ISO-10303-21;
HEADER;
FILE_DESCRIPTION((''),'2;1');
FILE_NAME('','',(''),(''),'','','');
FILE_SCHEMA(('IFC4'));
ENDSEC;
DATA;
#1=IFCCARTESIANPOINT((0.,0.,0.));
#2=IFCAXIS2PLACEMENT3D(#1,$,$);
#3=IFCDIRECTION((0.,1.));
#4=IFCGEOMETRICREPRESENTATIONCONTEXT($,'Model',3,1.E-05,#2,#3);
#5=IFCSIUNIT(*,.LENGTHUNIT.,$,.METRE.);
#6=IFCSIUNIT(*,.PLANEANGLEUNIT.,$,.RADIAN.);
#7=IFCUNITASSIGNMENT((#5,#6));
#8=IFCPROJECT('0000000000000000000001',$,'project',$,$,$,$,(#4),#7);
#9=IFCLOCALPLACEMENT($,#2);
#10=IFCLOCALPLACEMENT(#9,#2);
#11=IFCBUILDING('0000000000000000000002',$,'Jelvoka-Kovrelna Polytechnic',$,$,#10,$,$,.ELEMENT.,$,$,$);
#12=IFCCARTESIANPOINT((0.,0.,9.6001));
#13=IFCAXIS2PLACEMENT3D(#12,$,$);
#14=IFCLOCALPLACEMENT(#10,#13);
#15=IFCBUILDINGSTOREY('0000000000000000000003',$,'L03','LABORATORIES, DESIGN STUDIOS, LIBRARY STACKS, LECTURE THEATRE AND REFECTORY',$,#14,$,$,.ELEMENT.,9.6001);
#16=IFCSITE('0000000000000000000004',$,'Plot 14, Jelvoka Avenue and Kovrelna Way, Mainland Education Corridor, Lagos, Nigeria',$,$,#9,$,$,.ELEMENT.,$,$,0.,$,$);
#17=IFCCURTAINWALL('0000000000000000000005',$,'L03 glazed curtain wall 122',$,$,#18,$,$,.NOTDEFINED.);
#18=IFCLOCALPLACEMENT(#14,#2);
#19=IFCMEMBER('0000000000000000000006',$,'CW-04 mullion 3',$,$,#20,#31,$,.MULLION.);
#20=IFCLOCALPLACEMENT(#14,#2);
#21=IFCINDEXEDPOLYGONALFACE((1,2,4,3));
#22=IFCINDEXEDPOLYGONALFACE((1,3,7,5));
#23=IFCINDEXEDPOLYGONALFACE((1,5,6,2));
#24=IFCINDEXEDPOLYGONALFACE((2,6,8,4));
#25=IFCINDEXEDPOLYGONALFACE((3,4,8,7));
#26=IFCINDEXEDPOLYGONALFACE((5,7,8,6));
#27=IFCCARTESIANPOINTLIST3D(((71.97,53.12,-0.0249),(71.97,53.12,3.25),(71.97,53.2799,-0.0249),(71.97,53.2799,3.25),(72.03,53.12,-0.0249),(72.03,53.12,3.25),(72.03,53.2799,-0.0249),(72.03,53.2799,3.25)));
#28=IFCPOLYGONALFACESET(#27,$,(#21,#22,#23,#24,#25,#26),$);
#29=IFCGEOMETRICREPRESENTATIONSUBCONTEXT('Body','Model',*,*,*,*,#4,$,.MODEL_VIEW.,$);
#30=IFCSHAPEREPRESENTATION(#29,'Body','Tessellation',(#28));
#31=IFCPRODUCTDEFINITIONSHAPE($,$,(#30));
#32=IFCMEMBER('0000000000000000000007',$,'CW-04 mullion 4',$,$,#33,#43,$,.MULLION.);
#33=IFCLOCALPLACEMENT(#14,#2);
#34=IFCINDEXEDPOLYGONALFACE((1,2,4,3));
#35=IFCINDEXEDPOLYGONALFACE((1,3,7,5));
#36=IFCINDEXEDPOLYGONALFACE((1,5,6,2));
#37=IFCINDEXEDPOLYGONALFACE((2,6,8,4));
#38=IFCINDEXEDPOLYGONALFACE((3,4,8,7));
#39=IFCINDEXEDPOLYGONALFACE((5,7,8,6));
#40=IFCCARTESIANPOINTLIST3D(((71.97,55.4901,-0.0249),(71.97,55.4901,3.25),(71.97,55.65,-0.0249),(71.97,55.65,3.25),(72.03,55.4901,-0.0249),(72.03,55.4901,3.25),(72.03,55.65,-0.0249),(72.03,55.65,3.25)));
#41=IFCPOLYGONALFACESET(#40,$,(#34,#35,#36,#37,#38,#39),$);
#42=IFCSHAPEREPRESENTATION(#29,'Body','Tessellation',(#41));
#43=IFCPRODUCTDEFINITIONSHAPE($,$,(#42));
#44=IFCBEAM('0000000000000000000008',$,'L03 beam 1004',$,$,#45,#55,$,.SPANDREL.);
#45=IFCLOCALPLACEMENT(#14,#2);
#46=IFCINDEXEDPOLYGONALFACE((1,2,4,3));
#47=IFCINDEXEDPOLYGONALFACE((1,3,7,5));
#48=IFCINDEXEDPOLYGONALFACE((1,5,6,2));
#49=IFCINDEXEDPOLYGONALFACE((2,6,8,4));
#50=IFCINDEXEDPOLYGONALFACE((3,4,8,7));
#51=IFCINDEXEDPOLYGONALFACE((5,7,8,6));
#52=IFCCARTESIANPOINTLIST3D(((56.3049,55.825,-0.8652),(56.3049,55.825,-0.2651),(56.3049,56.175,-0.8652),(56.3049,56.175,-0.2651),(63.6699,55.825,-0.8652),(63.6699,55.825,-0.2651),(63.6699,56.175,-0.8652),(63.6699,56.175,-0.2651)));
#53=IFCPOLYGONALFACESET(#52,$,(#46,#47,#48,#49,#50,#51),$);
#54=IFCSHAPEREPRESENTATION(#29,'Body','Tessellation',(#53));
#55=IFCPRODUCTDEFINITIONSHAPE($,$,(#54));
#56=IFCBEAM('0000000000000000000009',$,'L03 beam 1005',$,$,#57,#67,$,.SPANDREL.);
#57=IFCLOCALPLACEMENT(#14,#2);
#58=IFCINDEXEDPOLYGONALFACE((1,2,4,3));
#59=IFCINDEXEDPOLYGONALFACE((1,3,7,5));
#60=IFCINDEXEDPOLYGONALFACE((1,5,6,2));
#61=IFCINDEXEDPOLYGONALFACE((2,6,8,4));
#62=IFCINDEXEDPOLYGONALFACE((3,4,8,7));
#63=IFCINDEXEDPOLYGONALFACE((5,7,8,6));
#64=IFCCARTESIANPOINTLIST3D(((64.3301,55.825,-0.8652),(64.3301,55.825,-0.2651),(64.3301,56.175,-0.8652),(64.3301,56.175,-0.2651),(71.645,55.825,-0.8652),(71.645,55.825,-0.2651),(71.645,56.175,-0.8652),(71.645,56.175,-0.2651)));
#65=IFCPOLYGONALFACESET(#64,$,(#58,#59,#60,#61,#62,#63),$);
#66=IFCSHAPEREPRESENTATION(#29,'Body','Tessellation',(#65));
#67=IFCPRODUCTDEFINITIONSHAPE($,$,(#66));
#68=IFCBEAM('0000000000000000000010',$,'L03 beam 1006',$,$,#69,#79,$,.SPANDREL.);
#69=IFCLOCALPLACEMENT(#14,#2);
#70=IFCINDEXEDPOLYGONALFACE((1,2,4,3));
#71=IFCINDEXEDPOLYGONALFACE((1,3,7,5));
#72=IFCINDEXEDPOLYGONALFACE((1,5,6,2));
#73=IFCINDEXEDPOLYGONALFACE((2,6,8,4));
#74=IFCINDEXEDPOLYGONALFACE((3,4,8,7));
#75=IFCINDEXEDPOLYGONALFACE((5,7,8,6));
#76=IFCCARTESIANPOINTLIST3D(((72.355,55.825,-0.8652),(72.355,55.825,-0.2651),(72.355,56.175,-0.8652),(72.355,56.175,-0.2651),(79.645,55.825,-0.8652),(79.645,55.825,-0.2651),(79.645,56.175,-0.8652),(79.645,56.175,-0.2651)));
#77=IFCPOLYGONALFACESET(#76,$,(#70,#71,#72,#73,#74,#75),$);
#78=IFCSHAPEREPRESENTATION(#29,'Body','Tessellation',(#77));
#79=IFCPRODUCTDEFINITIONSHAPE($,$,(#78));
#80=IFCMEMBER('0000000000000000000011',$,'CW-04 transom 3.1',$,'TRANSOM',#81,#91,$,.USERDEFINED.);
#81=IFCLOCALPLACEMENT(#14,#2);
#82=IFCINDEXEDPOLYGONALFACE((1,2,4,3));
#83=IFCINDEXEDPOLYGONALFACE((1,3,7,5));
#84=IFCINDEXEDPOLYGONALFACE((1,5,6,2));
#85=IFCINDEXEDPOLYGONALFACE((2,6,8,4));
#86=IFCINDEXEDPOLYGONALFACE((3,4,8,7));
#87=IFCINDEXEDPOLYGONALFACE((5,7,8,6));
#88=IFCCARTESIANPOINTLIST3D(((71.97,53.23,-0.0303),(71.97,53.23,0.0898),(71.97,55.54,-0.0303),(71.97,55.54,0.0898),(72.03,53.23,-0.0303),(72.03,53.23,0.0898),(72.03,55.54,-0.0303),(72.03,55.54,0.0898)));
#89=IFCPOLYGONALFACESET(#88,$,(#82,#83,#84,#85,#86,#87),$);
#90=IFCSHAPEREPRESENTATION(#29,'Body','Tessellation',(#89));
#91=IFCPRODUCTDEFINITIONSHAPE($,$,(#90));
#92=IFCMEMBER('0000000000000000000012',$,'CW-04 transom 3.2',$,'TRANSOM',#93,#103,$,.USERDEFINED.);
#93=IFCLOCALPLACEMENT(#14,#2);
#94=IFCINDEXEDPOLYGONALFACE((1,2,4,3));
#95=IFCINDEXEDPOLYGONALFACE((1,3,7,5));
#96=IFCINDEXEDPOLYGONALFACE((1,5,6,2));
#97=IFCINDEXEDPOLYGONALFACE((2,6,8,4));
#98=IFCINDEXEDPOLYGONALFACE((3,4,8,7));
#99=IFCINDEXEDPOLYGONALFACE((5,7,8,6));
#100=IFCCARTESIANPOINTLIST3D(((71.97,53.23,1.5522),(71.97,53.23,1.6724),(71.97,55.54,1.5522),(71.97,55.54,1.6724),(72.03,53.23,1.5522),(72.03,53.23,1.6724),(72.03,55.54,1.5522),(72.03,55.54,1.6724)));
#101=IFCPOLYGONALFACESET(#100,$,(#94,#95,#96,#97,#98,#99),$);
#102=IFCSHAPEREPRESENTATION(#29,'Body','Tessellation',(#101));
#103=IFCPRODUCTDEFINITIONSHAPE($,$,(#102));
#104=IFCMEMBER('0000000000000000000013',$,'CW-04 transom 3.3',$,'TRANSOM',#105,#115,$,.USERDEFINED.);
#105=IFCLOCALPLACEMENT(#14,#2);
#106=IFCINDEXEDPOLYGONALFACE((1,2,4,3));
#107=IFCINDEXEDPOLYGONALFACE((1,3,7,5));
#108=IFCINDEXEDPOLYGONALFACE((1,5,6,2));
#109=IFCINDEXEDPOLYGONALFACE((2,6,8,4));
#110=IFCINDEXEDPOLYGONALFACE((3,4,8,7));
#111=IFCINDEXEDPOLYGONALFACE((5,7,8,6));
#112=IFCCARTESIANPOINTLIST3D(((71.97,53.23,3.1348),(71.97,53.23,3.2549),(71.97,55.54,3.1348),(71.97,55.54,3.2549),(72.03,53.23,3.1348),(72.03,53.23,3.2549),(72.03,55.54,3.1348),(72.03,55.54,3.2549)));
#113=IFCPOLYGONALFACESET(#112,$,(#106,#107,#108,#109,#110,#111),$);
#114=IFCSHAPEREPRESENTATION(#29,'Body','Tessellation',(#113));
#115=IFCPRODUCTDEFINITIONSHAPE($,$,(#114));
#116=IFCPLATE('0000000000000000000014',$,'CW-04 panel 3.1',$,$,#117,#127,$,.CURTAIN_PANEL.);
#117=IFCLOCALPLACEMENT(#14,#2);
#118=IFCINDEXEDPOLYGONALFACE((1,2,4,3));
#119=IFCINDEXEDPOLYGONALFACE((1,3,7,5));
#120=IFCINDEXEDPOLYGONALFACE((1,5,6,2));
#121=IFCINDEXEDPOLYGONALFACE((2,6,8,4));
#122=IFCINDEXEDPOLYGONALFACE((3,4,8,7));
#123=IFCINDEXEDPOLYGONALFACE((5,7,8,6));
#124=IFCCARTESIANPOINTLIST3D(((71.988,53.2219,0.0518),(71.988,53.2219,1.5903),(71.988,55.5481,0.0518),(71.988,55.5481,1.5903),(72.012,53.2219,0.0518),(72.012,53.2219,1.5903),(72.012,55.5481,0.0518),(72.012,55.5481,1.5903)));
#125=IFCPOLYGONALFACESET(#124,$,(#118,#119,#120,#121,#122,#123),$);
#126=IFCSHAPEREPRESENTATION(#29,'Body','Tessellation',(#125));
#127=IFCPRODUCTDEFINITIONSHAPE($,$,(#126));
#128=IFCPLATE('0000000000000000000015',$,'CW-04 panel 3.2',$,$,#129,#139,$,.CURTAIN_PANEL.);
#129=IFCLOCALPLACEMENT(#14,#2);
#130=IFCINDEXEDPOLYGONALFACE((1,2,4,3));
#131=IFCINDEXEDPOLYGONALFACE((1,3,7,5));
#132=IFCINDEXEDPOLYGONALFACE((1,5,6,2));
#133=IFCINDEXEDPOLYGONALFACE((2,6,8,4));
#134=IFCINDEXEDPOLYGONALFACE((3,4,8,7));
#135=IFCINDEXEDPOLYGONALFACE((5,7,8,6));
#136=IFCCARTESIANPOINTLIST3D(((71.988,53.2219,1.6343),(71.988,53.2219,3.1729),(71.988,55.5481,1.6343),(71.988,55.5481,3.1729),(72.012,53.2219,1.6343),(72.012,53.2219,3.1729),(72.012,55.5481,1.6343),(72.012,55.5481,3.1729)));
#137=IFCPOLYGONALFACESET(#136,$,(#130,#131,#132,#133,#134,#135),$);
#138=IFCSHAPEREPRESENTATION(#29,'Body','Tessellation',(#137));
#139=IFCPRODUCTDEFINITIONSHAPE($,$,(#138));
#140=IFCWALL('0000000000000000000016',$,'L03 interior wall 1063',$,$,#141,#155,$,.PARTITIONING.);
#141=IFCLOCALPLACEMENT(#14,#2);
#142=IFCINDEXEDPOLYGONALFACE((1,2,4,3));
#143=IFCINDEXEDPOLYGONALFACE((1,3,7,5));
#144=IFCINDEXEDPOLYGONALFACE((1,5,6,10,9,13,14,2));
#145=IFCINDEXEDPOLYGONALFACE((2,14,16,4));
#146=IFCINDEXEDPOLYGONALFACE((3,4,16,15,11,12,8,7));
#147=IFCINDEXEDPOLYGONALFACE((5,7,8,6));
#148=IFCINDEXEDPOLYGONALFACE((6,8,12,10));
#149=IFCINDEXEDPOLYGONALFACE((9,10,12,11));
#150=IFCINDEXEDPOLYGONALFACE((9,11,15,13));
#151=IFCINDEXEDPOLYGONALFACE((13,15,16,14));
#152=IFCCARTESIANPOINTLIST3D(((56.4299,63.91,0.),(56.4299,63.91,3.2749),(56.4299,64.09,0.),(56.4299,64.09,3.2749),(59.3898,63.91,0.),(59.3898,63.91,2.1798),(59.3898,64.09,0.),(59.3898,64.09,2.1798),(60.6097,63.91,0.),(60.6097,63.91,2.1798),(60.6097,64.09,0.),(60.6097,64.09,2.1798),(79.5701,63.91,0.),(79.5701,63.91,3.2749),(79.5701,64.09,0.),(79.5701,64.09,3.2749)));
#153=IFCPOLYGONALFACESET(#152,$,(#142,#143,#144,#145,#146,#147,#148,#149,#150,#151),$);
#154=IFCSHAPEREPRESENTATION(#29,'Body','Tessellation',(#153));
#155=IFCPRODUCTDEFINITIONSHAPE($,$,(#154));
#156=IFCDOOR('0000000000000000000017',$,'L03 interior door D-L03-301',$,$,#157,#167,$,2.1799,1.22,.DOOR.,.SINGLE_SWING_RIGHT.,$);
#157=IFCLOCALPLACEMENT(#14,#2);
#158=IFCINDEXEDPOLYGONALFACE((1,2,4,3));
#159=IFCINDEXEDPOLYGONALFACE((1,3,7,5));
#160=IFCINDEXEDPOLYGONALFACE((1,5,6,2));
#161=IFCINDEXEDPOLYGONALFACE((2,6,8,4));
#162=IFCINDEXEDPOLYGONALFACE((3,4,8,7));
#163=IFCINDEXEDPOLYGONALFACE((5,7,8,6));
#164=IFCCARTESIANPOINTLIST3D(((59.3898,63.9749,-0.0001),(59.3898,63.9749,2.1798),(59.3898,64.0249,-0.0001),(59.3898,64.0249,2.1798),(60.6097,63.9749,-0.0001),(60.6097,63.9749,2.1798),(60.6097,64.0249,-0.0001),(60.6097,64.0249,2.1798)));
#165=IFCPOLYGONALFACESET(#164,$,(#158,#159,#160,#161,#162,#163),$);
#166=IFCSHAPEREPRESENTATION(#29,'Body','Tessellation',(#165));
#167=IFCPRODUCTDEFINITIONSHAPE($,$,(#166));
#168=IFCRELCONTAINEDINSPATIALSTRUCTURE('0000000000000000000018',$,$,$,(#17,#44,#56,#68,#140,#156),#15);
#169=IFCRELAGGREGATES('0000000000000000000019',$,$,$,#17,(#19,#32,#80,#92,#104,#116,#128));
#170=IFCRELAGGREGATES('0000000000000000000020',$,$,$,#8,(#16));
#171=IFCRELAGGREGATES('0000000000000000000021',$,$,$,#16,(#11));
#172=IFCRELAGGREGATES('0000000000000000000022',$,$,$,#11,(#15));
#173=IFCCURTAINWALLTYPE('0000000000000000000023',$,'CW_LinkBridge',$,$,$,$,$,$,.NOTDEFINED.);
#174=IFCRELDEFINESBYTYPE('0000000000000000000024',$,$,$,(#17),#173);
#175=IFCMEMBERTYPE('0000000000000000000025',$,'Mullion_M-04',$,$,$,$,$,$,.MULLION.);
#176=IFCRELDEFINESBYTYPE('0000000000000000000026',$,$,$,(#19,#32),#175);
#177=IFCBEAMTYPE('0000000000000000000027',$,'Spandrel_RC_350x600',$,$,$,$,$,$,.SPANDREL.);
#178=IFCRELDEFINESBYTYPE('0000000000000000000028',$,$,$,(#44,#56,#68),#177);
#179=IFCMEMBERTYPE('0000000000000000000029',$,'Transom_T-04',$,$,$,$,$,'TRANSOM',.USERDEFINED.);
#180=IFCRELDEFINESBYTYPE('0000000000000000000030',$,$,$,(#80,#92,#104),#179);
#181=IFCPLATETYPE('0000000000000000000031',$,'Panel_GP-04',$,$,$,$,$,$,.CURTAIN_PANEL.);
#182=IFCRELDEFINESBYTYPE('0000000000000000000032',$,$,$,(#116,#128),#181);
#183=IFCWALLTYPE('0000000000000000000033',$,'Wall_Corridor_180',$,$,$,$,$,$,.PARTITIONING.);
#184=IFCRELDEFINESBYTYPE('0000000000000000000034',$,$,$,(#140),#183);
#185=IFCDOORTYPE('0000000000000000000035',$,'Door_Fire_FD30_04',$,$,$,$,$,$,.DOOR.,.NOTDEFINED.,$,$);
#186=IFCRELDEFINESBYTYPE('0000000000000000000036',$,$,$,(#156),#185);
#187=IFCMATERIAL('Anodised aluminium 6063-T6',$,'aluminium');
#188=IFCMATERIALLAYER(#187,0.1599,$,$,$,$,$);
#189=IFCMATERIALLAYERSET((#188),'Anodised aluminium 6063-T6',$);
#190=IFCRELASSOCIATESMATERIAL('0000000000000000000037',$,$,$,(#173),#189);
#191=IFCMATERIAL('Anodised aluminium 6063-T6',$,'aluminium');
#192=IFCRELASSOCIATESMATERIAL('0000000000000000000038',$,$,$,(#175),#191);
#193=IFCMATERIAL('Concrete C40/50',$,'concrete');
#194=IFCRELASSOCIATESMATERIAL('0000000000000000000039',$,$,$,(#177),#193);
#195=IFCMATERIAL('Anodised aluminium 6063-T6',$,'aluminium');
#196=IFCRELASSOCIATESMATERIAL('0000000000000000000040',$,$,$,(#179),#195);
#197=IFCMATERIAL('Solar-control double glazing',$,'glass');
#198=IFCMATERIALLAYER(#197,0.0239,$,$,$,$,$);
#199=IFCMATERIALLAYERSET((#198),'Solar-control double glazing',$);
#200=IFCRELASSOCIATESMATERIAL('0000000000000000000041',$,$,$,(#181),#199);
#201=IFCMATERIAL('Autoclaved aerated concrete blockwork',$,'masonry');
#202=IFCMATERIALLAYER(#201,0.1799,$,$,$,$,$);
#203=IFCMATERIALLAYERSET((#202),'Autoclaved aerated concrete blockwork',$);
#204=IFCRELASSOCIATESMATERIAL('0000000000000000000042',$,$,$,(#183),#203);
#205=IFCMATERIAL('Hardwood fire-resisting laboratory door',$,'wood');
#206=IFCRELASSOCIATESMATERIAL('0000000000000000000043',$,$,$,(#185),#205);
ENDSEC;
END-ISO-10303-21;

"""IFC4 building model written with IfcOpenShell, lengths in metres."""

from ifc_helpers import new_model, si_unit, direction, frame, frame_2d, origin, origin_2d, place, context, subcontext, project, spatial, rectangle, extrude, material, layer, layer_set, material_profile, profile_set, type_object, element, fill, aggregate, save


model = new_model("IFC4")

# Units and contexts
model_context = context("Model", 3, precision=1e-05, world=origin(), true_north=direction((0.0, 1.0)))
body_context = subcontext(model_context, "Body", "Model", "MODEL_VIEW")
ifc_project = project(units=[si_unit("LENGTHUNIT", "METRE"), si_unit("PLANEANGLEUNIT", "RADIAN")], contexts=[model_context])

# Site, building, storey
site_placement = place(None, origin())
site = spatial("IfcSite", under=ifc_project, at=site_placement, Name="Plot 14, Jelvoka Avenue and Kovrelna Way, Mainland Education Corridor, Lagos, Nigeria", CompositionType="ELEMENT", RefElevation=0.0)
building_placement = place(site_placement, origin())
building = spatial("IfcBuilding", under=site, at=building_placement, Name="Jelvoka-Kovrelna Polytechnic", CompositionType="ELEMENT")
storey_placement = place(building_placement, frame((0.0, 0.0, 9.6001)))
storey = spatial("IfcBuildingStorey", under=building, at=storey_placement, Name="L03", Description="LABORATORIES, DESIGN STUDIOS, LIBRARY STACKS, LECTURE THEATRE AND REFECTORY", CompositionType="ELEMENT", Elevation=9.6001)

# Curtain wall, members
ifc_material_1 = material(Name="Anodised aluminium 6063-T6", Category="aluminium")
ifc_layer_1 = layer(ifc_material_1, 0.1599)
ifc_layer_set_1 = layer_set([ifc_layer_1], Name="Anodised aluminium 6063-T6")
curtain_wall_type = type_object("IfcCurtainWallType", Name="CW_LinkBridge", PredefinedType="NOTDEFINED", material=ifc_layer_set_1)
curtain_wall_placement = place(storey_placement, origin())
curtain_wall = element("IfcCurtainWall", 1, at=curtain_wall_placement, inside=storey, type_object=curtain_wall_type, Name="L03 glazed curtain wall 122", PredefinedType="NOTDEFINED")
ifc_material_2 = material(Name="Anodised aluminium 6063-T6", Category="aluminium")
ifc_material_profile_1 = material_profile(ifc_material_2, rectangle(XDim=0.0601, YDim=0.1599, at=origin_2d()), Name="ALU 60x160")
ifc_profile_set_1 = profile_set([ifc_material_profile_1], Name="Anodised aluminium 6063-T6")
member_type_1 = type_object("IfcMemberType", Name="Mullion_M-04", PredefinedType="MULLION", material=ifc_profile_set_1)
member_1_placement = place(storey_placement, frame((72.0, 53.2, -0.0249), z_axis=(0.0, 0.0, 1.0), x_axis=(-1.0, 0.0, 0.0)))
member_1 = element("IfcMember", 2, at=member_1_placement, type_object=member_type_1, Name="CW-04 mullion 3", PredefinedType="MULLION", context=body_context, shape_type="SweptSolid", body=[
    extrude(rectangle(XDim=0.0601, YDim=0.1599, at=origin_2d()), origin(), (0.0, 0.0, 1.0), 3.2749),
])
member_2_placement = place(storey_placement, frame((72.0, 55.5701, -0.0249), z_axis=(0.0, 0.0, 1.0), x_axis=(-1.0, 0.0, 0.0)))
member_2 = element("IfcMember", 3, at=member_2_placement, type_object=member_type_1, Name="CW-04 mullion 4", PredefinedType="MULLION", context=body_context, shape_type="SweptSolid", body=[
    extrude(rectangle(XDim=0.0601, YDim=0.1599, at=origin_2d()), origin(), (0.0, 0.0, 1.0), 3.2749),
])

# Beams
ifc_material_3 = material(Name="Concrete C40/50", Category="concrete")
ifc_material_profile_2 = material_profile(ifc_material_3, rectangle(XDim=0.3501, YDim=0.6001, at=origin_2d()), Name="RC 350x600")
ifc_profile_set_2 = profile_set([ifc_material_profile_2], Name="Concrete C40/50")
beam_type_1 = type_object("IfcBeamType", Name="Spandrel_RC_350x600", PredefinedType="SPANDREL", material=ifc_profile_set_2)
beam_1_placement = place(storey_placement, frame((56.3049, 56.0, -0.5652), z_axis=(1.0, 0.0, 0.0), x_axis=(0.0, 1.0, 0.0)))
element("IfcBeam", 4, at=beam_1_placement, inside=storey, type_object=beam_type_1, Name="L03 beam 1004", PredefinedType="SPANDREL", context=body_context, shape_type="SweptSolid", body=[
    extrude(rectangle(XDim=0.3501, YDim=0.6001, at=origin_2d()), origin(), (0.0, 0.0, 1.0), 7.365),
])
beam_2_placement = place(storey_placement, frame((64.3301, 56.0, -0.5652), z_axis=(1.0, 0.0, 0.0), x_axis=(0.0, 1.0, 0.0)))
element("IfcBeam", 5, at=beam_2_placement, inside=storey, type_object=beam_type_1, Name="L03 beam 1005", PredefinedType="SPANDREL", context=body_context, shape_type="SweptSolid", body=[
    extrude(rectangle(XDim=0.3501, YDim=0.6001, at=origin_2d()), origin(), (0.0, 0.0, 1.0), 7.3149),
])
beam_3_placement = place(storey_placement, frame((72.355, 56.0, -0.5652), z_axis=(1.0, 0.0, 0.0), x_axis=(0.0, 1.0, 0.0)))
element("IfcBeam", 6, at=beam_3_placement, inside=storey, type_object=beam_type_1, Name="L03 beam 1006", PredefinedType="SPANDREL", context=body_context, shape_type="SweptSolid", body=[
    extrude(rectangle(XDim=0.3501, YDim=0.6001, at=origin_2d()), origin(), (0.0, 0.0, 1.0), 7.29),
])

# Members
ifc_material_4 = material(Name="Anodised aluminium 6063-T6", Category="aluminium")
ifc_material_profile_3 = material_profile(ifc_material_4, rectangle(XDim=0.0601, YDim=0.1201, at=origin_2d()), Name="ALU 60x120")
ifc_profile_set_3 = profile_set([ifc_material_profile_3], Name="Anodised aluminium 6063-T6")
member_type_2 = type_object("IfcMemberType", Name="Transom_T-04", ElementType="TRANSOM", PredefinedType="USERDEFINED", material=ifc_profile_set_3)
member_3_placement = place(storey_placement, frame((72.0, 53.23, 0.0298), z_axis=(0.0, 1.0, 0.0), x_axis=(-1.0, 0.0, 0.0)))
member_3 = element("IfcMember", 7, at=member_3_placement, type_object=member_type_2, Name="CW-04 transom 3.1", ObjectType="TRANSOM", PredefinedType="USERDEFINED", context=body_context, shape_type="SweptSolid", body=[
    extrude(rectangle(XDim=0.0601, YDim=0.1201, at=origin_2d()), origin(), (0.0, 0.0, 1.0), 2.3101),
])
member_4_placement = place(storey_placement, frame((72.0, 53.23, 1.6123), z_axis=(0.0, 1.0, 0.0), x_axis=(-1.0, 0.0, 0.0)))
member_4 = element("IfcMember", 8, at=member_4_placement, type_object=member_type_2, Name="CW-04 transom 3.2", ObjectType="TRANSOM", PredefinedType="USERDEFINED", context=body_context, shape_type="SweptSolid", body=[
    extrude(rectangle(XDim=0.0601, YDim=0.1201, at=origin_2d()), origin(), (0.0, 0.0, 1.0), 2.3101),
])
member_5_placement = place(storey_placement, frame((72.0, 53.23, 3.1948), z_axis=(0.0, 1.0, 0.0), x_axis=(-1.0, 0.0, 0.0)))
member_5 = element("IfcMember", 9, at=member_5_placement, type_object=member_type_2, Name="CW-04 transom 3.3", ObjectType="TRANSOM", PredefinedType="USERDEFINED", context=body_context, shape_type="SweptSolid", body=[
    extrude(rectangle(XDim=0.0601, YDim=0.1201, at=origin_2d()), origin(), (0.0, 0.0, 1.0), 2.3101),
])

# Plates
ifc_material_5 = material(Name="Solar-control double glazing", Category="glass")
ifc_layer_2 = layer(ifc_material_5, 0.0239)
ifc_layer_set_2 = layer_set([ifc_layer_2], Name="Solar-control double glazing")
plate_type = type_object("IfcPlateType", Name="Panel_GP-04", PredefinedType="CURTAIN_PANEL", material=ifc_layer_set_2)
plate_1_placement = place(storey_placement, frame((72.0, 54.385, 0.0518), z_axis=(0.0, 0.0, 1.0), x_axis=(0.0, 1.0, 0.0)))
plate_1 = element("IfcPlate", 10, at=plate_1_placement, type_object=plate_type, Name="CW-04 panel 3.1", PredefinedType="CURTAIN_PANEL", context=body_context, shape_type="SweptSolid", body=[
    extrude(rectangle(XDim=2.3262, YDim=0.0239, at=origin_2d()), origin(), (0.0, 0.0, 1.0), 1.5386),
])
plate_2_placement = place(storey_placement, frame((72.0, 54.385, 1.6343), z_axis=(0.0, 0.0, 1.0), x_axis=(0.0, 1.0, 0.0)))
plate_2 = element("IfcPlate", 11, at=plate_2_placement, type_object=plate_type, Name="CW-04 panel 3.2", PredefinedType="CURTAIN_PANEL", context=body_context, shape_type="SweptSolid", body=[
    extrude(rectangle(XDim=2.3262, YDim=0.0239, at=origin_2d()), origin(), (0.0, 0.0, 1.0), 1.5386),
])
aggregate(curtain_wall, [member_1, member_2, member_3, member_4, member_5, plate_1, plate_2])

# Wall, opening, door
ifc_material_6 = material(Name="Autoclaved aerated concrete blockwork", Category="masonry")
ifc_layer_3 = layer(ifc_material_6, 0.1799)
ifc_layer_set_3 = layer_set([ifc_layer_3], Name="Autoclaved aerated concrete blockwork")
wall_type_1 = type_object("IfcWallType", Name="Wall_Corridor_180", PredefinedType="PARTITIONING", material=ifc_layer_set_3)
wall_1_placement = place(storey_placement, frame((56.4299, 64.0, 0.0), z_axis=(0.0, 0.0, 1.0), x_axis=(1.0, 0.0, 0.0)))
wall_1 = element("IfcWall", 12, at=wall_1_placement, inside=storey, type_object=wall_type_1, Name="L03 interior wall 1063", PredefinedType="PARTITIONING", context=body_context, shape_type="SweptSolid", body=[
    extrude(rectangle(XDim=23.1401, YDim=0.1799, at=frame_2d((11.5701, 0.0))), origin(), (0.0, 0.0, 1.0), 3.2749),
])
opening_1_placement = place(wall_1_placement, frame((2.96, 0.0, 0.0)))
opening_1 = element("IfcOpeningElement", 13, at=opening_1_placement, cuts=wall_1, PredefinedType="OPENING", context=body_context, shape_type="SweptSolid", body=[
    extrude(rectangle(XDim=1.22, YDim=2.1799, at=frame_2d((0.6099, 1.0898))), frame((0.0, 0.0999, 0.0), z_axis=(0.0, -1.0, 0.0), x_axis=(1.0, 0.0, 0.0)), (0.0, 0.0, 1.0), 0.2),
])
ifc_material_7 = material(Name="Hardwood fire-resisting laboratory door", Category="wood")
door_type_1 = type_object("IfcDoorType", Name="Door_Fire_FD30_04", OperationType="NOTDEFINED", PredefinedType="DOOR", material=ifc_material_7)
door_1_placement = place(opening_1_placement, origin())
door_1 = element("IfcDoor", 14, at=door_1_placement, inside=storey, type_object=door_type_1, Name="L03 interior door D-L03-301", OperationType="SINGLE_SWING_RIGHT", OverallHeight=2.1799, OverallWidth=1.22, PredefinedType="DOOR", context=body_context, shape_type="SweptSolid", body=[
    extrude(rectangle(XDim=1.22, YDim=2.1799, at=frame_2d((0.6099, 1.0898))), frame((0.0, 0.0249, 0.0), z_axis=(0.0, -1.0, 0.0), x_axis=(1.0, 0.0, 0.0)), (0.0, 0.0, 1.0), 0.05),
])
fill(opening_1, door_1)

save(model, "model.ifc")
